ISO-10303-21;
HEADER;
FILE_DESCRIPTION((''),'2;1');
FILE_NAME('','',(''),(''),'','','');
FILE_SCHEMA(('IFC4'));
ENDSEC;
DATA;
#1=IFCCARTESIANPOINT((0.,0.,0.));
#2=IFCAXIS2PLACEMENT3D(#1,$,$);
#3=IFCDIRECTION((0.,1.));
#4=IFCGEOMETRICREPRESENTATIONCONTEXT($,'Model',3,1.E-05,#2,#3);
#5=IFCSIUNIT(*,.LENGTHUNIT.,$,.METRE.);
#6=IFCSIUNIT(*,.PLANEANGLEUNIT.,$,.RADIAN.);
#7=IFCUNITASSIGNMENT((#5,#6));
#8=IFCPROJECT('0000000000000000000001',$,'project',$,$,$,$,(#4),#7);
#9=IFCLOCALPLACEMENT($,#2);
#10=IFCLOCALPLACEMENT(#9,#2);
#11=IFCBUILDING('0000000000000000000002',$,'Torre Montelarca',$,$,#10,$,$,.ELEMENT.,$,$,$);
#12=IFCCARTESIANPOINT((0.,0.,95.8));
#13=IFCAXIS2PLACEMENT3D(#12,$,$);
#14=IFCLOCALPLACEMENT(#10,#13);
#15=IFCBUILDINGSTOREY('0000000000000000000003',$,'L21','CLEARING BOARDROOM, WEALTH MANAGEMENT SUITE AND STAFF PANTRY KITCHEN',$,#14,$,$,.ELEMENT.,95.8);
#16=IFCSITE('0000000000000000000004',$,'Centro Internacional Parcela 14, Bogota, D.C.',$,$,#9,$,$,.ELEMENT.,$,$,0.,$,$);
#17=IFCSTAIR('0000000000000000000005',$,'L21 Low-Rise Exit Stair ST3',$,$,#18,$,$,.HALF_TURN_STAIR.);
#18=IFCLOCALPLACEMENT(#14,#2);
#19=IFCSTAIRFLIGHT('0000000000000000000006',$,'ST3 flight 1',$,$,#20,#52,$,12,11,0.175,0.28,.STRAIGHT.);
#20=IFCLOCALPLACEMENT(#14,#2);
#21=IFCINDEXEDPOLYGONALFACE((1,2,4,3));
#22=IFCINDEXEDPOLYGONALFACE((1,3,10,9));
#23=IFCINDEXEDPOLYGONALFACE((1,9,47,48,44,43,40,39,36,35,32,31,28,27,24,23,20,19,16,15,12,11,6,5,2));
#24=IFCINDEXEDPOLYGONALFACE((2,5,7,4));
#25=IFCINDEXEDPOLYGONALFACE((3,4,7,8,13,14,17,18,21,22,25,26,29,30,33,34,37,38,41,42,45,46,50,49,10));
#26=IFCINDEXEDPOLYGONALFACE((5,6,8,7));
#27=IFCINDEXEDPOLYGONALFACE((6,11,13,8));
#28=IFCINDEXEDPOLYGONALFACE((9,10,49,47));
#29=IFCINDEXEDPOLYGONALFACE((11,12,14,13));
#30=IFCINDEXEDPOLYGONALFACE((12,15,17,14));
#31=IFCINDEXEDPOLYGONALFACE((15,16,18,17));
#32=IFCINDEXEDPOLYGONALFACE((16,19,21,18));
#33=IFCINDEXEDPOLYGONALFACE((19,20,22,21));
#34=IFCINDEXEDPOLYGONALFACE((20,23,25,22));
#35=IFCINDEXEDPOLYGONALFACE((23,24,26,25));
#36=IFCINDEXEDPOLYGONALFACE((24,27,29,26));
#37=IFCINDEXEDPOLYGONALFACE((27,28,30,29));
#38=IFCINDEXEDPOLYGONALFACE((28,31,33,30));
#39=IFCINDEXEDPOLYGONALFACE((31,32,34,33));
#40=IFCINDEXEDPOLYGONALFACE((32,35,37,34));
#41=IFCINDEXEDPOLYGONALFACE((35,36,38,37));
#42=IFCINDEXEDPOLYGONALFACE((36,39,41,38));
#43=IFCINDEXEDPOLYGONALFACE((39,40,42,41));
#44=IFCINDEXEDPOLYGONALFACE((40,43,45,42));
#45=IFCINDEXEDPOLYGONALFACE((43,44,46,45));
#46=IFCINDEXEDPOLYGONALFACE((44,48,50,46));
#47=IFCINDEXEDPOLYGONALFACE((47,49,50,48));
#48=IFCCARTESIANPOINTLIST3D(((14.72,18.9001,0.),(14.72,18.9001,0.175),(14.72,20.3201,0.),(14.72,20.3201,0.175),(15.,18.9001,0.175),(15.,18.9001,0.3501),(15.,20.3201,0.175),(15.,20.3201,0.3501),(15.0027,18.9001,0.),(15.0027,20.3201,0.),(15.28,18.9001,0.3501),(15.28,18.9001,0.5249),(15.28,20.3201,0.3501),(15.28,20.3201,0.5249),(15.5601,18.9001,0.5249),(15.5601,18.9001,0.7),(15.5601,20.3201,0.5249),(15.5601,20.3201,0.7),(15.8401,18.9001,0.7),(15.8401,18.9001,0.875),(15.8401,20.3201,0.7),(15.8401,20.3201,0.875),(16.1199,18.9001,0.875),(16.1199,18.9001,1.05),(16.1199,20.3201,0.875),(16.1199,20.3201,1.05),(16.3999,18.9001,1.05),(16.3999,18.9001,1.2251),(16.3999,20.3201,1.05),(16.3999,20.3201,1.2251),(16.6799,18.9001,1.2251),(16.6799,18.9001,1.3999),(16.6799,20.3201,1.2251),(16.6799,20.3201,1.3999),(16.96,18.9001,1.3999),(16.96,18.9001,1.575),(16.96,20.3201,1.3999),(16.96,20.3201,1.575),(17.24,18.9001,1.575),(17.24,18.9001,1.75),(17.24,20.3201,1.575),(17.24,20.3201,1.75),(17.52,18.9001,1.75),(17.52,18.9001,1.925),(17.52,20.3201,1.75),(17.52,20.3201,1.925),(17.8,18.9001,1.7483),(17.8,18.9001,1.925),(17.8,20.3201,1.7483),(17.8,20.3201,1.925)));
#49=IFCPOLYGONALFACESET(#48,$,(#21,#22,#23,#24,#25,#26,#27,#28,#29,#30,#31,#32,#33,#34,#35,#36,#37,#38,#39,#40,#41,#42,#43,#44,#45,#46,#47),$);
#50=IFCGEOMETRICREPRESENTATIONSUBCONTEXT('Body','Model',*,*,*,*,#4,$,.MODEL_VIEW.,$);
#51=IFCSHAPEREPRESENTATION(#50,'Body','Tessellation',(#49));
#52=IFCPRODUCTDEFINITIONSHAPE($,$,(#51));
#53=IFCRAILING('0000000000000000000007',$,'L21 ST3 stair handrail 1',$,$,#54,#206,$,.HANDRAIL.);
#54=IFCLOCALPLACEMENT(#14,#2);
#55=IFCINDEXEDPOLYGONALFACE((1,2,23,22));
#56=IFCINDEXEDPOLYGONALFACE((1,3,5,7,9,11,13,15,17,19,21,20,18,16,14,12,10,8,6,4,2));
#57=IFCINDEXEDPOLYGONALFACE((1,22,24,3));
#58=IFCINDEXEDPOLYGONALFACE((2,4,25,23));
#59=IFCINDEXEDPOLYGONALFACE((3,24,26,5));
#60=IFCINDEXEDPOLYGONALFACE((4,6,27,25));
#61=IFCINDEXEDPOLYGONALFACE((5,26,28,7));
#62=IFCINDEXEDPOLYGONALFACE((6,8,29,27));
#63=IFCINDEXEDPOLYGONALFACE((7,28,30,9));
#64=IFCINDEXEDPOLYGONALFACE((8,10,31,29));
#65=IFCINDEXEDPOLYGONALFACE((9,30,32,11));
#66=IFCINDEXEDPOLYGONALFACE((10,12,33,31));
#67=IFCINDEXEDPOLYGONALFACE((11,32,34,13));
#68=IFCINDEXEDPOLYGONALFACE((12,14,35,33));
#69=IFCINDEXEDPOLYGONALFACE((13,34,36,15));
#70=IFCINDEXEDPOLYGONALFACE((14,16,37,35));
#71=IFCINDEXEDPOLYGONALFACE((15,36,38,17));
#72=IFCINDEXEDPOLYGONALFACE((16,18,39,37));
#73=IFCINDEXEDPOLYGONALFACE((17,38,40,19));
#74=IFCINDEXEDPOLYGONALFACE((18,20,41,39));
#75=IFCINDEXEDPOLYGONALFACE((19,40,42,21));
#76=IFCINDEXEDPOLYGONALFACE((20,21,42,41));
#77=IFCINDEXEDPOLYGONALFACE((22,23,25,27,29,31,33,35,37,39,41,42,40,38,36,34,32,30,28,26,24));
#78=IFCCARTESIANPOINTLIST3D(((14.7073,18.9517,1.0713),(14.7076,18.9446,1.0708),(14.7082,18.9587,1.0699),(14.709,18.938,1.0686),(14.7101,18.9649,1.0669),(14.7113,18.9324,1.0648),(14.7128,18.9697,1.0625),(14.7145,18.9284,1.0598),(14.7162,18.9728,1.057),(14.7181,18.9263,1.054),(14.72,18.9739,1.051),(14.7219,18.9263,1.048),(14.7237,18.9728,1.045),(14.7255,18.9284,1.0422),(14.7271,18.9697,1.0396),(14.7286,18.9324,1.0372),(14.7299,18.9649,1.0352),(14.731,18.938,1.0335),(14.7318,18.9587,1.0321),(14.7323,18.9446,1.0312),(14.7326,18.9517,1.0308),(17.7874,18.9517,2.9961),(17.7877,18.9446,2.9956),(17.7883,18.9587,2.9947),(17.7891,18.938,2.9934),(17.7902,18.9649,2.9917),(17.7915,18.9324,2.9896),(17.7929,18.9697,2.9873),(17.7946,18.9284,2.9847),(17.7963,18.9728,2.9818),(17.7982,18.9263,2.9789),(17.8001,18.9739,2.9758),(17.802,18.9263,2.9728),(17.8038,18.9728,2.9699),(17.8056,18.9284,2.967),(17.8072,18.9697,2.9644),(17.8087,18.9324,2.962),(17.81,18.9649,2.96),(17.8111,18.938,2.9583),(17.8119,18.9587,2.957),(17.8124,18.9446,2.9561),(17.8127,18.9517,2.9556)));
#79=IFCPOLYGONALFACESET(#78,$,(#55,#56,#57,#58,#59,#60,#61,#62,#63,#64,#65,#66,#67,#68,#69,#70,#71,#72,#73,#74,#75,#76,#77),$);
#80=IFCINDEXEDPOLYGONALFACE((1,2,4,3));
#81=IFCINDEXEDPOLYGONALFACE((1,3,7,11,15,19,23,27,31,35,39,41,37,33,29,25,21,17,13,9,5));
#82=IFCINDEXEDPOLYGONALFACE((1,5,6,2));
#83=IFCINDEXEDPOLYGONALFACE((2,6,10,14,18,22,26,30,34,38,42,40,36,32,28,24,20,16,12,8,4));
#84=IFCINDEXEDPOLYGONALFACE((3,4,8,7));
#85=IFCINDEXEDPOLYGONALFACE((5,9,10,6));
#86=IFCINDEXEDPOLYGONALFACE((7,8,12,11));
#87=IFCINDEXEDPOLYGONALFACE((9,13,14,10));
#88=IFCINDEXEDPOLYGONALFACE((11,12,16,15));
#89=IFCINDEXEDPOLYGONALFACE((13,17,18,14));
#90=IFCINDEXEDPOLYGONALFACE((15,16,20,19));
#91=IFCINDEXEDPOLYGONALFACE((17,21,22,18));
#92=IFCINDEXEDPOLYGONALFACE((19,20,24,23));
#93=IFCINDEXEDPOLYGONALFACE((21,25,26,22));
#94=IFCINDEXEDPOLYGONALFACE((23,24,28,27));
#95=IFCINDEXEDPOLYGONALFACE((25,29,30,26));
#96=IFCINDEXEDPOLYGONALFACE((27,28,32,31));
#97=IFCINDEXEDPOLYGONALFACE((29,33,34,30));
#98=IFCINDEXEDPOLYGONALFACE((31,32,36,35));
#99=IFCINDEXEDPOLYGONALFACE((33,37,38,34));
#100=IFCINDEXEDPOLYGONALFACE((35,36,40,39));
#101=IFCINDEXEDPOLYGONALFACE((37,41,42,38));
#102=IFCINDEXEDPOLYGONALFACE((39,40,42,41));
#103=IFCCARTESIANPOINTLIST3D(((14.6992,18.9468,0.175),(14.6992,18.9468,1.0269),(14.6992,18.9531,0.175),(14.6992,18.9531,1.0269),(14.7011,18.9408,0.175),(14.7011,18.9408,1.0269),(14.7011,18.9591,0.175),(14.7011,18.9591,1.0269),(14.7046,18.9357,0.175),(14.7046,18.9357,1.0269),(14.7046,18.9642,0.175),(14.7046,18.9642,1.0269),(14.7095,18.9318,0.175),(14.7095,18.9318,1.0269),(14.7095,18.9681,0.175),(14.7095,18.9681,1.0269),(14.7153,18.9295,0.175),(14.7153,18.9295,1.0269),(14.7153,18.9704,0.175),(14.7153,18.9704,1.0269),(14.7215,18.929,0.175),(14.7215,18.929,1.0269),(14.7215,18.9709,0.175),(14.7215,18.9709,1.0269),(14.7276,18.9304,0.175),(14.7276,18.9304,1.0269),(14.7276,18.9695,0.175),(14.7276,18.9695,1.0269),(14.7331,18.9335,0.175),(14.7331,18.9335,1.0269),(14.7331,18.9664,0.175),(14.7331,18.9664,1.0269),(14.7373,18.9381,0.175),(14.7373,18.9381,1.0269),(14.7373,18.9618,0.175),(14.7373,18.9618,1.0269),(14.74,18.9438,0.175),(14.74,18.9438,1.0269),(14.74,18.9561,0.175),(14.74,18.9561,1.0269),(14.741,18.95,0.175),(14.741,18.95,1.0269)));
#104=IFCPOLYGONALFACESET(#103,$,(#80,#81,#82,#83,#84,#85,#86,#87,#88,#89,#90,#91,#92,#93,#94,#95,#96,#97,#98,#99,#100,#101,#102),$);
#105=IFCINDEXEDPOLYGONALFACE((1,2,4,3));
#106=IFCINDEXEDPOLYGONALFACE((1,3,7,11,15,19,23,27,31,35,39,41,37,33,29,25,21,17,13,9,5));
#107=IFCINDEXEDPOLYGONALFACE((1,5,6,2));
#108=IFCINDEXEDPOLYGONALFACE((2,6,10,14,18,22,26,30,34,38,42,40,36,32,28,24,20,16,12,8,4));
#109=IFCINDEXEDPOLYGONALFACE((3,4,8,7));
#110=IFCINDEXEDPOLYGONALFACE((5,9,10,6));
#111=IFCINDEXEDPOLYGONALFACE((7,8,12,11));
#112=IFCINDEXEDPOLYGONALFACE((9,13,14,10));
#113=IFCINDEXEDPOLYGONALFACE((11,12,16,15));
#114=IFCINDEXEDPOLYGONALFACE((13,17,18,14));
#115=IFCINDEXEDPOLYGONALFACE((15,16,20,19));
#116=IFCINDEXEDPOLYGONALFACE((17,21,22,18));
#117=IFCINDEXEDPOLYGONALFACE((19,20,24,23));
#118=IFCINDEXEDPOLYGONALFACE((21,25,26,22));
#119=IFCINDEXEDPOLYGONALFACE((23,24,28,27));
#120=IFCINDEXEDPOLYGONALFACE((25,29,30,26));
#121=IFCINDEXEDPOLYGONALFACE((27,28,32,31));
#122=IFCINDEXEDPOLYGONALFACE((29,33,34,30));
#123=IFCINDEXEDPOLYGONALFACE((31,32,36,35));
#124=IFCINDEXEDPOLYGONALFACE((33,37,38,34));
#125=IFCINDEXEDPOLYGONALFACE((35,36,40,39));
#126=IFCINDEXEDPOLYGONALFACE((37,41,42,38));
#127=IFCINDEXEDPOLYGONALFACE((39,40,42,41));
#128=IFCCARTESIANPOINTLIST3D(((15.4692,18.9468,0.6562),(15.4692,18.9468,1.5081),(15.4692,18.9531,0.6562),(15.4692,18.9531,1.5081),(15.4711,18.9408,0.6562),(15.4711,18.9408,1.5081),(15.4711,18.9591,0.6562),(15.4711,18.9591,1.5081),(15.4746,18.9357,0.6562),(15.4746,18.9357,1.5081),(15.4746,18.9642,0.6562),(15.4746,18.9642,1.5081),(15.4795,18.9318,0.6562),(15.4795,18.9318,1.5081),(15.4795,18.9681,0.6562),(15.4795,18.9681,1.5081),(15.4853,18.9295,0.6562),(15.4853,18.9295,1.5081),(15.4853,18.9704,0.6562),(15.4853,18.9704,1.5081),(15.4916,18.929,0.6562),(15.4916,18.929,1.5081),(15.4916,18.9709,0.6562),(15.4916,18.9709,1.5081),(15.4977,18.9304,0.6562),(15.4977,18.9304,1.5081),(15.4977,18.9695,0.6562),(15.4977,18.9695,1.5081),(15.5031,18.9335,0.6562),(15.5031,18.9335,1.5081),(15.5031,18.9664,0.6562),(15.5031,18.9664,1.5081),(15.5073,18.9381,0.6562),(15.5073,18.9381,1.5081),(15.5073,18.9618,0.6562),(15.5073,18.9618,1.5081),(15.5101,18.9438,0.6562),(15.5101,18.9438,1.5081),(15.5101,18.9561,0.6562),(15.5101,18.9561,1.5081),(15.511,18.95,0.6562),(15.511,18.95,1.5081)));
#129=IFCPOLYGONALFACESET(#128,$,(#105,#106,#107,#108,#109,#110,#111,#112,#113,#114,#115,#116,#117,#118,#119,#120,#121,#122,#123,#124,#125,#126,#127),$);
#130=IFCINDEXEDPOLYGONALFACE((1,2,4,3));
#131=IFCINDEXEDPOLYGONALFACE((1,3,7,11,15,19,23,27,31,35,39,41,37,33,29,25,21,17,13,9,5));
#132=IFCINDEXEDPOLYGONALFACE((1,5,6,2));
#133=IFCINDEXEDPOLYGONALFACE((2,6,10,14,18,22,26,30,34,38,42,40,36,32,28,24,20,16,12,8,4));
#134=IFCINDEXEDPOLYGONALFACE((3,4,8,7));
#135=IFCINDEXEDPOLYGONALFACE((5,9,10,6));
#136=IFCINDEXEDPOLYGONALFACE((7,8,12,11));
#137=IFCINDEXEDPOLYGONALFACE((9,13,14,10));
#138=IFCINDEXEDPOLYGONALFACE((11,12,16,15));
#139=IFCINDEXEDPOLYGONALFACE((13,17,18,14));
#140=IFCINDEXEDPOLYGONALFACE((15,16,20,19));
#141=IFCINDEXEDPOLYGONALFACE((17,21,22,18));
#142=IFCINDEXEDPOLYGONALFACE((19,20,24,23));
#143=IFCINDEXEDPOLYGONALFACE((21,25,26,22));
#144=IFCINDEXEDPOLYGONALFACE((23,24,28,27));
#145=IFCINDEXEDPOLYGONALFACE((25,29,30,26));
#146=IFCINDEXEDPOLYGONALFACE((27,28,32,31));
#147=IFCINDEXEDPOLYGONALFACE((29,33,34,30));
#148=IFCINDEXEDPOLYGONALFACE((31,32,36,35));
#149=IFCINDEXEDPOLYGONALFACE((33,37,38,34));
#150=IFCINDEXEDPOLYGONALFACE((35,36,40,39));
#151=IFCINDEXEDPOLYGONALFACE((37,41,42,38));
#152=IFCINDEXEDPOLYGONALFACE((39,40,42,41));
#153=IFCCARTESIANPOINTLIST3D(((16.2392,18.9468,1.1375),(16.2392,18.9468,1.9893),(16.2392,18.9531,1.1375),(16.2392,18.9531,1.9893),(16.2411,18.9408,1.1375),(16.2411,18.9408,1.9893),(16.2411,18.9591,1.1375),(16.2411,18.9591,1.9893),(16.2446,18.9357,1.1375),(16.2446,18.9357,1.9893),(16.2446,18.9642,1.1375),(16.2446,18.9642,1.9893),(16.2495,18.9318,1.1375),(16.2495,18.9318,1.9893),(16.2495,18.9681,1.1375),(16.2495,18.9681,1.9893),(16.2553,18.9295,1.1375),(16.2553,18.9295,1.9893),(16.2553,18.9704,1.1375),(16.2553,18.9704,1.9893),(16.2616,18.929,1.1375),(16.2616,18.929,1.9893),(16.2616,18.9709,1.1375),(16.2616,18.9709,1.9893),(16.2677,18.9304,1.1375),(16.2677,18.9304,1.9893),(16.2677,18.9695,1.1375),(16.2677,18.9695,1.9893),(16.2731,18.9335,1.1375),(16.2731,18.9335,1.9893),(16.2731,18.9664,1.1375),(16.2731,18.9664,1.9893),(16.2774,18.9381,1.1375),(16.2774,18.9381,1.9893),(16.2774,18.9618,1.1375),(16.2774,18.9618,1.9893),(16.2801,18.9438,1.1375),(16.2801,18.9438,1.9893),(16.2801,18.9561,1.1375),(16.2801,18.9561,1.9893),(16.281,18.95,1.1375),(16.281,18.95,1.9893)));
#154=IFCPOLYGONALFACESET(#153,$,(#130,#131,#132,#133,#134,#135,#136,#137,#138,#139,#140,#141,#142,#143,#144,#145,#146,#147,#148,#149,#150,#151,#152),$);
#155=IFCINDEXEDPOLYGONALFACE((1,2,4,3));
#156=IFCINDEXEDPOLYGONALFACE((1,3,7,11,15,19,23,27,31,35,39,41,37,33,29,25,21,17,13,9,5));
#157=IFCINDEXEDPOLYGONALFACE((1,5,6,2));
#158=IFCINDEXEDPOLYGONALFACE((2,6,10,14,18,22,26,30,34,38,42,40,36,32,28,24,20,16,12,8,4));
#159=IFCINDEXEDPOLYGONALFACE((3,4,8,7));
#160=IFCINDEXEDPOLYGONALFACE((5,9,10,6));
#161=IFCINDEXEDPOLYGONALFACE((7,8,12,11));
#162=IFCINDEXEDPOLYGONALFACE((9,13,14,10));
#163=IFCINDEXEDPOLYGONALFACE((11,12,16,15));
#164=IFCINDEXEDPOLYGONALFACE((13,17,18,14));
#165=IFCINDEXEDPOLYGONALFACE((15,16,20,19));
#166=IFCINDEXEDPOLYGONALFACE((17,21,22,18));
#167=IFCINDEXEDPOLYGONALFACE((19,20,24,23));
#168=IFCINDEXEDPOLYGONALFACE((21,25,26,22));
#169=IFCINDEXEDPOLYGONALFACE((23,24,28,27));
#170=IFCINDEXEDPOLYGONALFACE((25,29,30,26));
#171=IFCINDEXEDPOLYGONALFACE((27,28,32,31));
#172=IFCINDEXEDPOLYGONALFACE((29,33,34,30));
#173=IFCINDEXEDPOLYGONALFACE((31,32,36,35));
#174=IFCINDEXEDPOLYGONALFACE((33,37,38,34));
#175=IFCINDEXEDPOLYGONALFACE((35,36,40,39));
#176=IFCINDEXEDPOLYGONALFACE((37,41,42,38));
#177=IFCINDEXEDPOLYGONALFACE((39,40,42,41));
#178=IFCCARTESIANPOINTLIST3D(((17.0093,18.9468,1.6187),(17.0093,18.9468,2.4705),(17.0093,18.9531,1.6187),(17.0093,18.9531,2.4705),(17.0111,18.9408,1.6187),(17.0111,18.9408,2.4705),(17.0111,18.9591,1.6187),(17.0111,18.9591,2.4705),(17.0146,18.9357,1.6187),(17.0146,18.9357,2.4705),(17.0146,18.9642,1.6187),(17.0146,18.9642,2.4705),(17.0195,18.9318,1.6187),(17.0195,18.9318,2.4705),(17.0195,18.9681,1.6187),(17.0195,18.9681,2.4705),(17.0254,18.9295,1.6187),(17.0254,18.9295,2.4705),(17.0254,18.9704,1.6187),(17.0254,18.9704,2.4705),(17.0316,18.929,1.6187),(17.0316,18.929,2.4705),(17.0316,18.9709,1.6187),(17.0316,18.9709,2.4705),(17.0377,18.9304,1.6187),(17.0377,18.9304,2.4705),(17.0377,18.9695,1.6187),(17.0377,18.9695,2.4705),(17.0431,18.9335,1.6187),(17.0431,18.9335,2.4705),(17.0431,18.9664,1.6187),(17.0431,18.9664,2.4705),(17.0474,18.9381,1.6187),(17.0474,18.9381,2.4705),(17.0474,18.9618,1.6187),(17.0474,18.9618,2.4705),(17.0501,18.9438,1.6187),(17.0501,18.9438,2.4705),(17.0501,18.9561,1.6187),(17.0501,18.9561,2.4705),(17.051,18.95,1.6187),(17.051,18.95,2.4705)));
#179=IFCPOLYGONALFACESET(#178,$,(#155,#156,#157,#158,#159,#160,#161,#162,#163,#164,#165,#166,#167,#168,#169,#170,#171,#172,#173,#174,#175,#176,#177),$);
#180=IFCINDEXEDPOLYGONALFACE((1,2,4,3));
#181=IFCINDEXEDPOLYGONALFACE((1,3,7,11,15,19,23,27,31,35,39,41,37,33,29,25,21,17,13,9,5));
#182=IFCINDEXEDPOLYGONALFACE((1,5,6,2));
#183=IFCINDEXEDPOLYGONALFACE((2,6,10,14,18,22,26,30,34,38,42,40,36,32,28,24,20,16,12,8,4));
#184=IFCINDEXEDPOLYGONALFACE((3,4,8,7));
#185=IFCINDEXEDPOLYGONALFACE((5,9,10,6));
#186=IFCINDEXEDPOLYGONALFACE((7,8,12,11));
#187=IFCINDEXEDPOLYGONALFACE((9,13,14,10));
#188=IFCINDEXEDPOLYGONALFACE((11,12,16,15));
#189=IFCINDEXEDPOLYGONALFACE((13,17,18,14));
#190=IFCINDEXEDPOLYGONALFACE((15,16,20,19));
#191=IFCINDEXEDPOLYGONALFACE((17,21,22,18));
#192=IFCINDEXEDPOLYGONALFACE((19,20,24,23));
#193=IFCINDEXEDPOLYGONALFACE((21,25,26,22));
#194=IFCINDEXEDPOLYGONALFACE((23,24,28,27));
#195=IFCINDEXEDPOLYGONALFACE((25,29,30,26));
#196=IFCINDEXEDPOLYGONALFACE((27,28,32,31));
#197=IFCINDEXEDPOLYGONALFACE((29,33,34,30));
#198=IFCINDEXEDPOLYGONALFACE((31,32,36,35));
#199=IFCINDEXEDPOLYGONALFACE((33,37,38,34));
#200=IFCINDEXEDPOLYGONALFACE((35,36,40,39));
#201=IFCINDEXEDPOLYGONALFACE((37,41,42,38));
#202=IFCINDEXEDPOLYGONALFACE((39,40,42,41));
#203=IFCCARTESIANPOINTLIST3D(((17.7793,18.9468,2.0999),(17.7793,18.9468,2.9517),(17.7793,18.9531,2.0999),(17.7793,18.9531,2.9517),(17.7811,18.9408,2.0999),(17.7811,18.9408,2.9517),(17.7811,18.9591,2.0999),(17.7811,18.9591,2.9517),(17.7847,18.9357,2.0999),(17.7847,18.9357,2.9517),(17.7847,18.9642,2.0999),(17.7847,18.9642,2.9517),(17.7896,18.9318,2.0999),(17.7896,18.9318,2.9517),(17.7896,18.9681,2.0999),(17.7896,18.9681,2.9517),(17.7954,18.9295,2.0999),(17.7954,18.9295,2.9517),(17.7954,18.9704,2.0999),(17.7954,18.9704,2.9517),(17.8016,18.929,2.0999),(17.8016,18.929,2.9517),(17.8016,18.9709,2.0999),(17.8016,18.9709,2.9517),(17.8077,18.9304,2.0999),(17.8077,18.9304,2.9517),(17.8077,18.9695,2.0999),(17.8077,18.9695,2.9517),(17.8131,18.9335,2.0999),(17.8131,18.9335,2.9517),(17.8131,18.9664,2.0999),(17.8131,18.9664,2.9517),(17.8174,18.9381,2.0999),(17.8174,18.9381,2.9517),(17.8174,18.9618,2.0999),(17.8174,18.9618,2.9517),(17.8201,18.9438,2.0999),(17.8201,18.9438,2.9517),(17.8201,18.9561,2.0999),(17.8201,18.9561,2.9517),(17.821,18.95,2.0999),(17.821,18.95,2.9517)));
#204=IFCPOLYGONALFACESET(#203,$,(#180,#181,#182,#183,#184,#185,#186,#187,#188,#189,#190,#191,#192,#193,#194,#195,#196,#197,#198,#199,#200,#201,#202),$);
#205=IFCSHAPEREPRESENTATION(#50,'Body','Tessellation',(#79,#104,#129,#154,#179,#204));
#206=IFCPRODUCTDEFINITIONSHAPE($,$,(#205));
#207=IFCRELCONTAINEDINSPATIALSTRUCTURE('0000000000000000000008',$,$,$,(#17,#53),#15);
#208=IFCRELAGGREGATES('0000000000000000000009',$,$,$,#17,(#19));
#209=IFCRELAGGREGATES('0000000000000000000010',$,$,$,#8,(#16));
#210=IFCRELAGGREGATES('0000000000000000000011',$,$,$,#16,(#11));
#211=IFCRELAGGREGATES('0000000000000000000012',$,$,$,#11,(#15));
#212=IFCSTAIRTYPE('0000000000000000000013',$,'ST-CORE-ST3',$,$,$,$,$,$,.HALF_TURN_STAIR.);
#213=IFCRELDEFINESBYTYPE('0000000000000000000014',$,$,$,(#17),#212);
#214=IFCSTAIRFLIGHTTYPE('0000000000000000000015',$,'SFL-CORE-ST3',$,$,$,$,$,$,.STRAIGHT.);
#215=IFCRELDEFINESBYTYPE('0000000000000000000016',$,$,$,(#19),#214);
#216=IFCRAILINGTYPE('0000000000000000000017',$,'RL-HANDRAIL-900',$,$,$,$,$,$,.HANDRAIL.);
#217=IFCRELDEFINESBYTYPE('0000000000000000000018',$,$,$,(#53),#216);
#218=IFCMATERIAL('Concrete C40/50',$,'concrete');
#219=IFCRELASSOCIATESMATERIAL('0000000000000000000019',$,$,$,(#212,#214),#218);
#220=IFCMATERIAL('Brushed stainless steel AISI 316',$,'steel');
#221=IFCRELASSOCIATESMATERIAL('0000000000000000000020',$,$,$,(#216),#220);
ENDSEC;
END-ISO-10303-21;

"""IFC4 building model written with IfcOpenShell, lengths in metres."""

from ifc_helpers import new_model, si_unit, direction, frame, origin, origin_2d, place, context, subcontext, project, spatial, polyline, circle, outline, extrude, material, type_object, element, aggregate, save


model = new_model("IFC4")

# Units and contexts
model_context = context("Model", 3, precision=1e-05, world=origin(), true_north=direction((0.0, 1.0)))
body_context = subcontext(model_context, "Body", "Model", "MODEL_VIEW")
ifc_project = project(units=[si_unit("LENGTHUNIT", "METRE"), si_unit("PLANEANGLEUNIT", "RADIAN")], contexts=[model_context])

# Site, building, storey
site_placement = place(None, origin())
site = spatial("IfcSite", under=ifc_project, at=site_placement, Name="Centro Internacional Parcela 14, Bogota, D.C.", CompositionType="ELEMENT", RefElevation=0.0)
building_placement = place(site_placement, origin())
building = spatial("IfcBuilding", under=site, at=building_placement, Name="Torre Montelarca", CompositionType="ELEMENT")
storey_placement = place(building_placement, frame((0.0, 0.0, 95.8)))
storey = spatial("IfcBuildingStorey", under=building, at=storey_placement, Name="L21", Description="CLEARING BOARDROOM, WEALTH MANAGEMENT SUITE AND STAFF PANTRY KITCHEN", CompositionType="ELEMENT", Elevation=95.8)

# Shared definitions
ifc_material_1 = material(Name="Concrete C40/50", Category="concrete")

# Stair
stair_type_1 = type_object("IfcStairType", Name="ST-CORE-ST3", PredefinedType="HALF_TURN_STAIR", material=ifc_material_1)
stair_1_placement = place(storey_placement, origin())
stair_1 = element("IfcStair", 1, at=stair_1_placement, inside=storey, type_object=stair_type_1, Name="L21 Low-Rise Exit Stair ST3", PredefinedType="HALF_TURN_STAIR")

# Stair flight
stair_flight_type = type_object("IfcStairFlightType", Name="SFL-CORE-ST3", PredefinedType="STRAIGHT", material=ifc_material_1)
stair_flight_placement = place(storey_placement, frame((14.72, 19.6101, 0.0), z_axis=(0.0, 0.0, 1.0), x_axis=(1.0, 0.0, 0.0)))
stair_flight = element("IfcStairFlight", 2, at=stair_flight_placement, type_object=stair_flight_type, Name="ST3 flight 1", NumberOfRisers=12, NumberOfTreads=11, PredefinedType="STRAIGHT", RiserHeight=0.175, TreadLength=0.28, context=body_context, shape_type="SweptSolid", body=[
    extrude(outline(polyline([(0.0, 0.0), (0.0, 0.175), (0.28, 0.175), (0.28, 0.3501), (0.5601, 0.3501), (0.5601, 0.5249), (0.8401, 0.5249), (0.8401, 0.7), (1.1201, 0.7), (1.1201, 0.875), (1.3999, 0.875), (1.3999, 1.05), (1.6799, 1.05), (1.6799, 1.2251), (1.96, 1.2251), (1.96, 1.3999), (2.24, 1.3999), (2.24, 1.575), (2.52, 1.575), (2.52, 1.75), (2.8, 1.75), (2.8, 1.925), (3.0801, 1.925), (3.0801, 2.1001), (3.0801, 1.7483), (0.2827, 0.0), (0.0, 0.0)])), frame((0.0, 0.71, 0.0), z_axis=(0.0, -1.0, 0.0), x_axis=(1.0, 0.0, 0.0)), (0.0, 0.0, 1.0), 1.4199),
])
aggregate(stair_1, [stair_flight])

# Railing
ifc_material_2 = material(Name="Brushed stainless steel AISI 316", Category="steel")
railing_type = type_object("IfcRailingType", Name="RL-HANDRAIL-900", PredefinedType="HANDRAIL", material=ifc_material_2)
railing_placement = place(storey_placement, frame((14.72, 18.95, 0.175)))
element("IfcRailing", 3, at=railing_placement, inside=storey, type_object=railing_type, Name="L21 ST3 stair handrail 1", PredefinedType="HANDRAIL", context=body_context, shape_type="SweptSolid", body=[
    extrude(circle(Radius=0.0239, at=origin_2d()), frame((0.0, 0.0, 0.876), z_axis=(0.848029, 0.0, 0.529951), x_axis=(0.0, 1.0, 0.0)), (0.0, 0.0, 1.0), 3.6321),
    extrude(circle(Radius=0.021, at=origin_2d()), origin(), (0.0, 0.0, 1.0), 0.8518),
    extrude(circle(Radius=0.021, at=origin_2d()), frame((0.77, 0.0, 0.4812)), (0.0, 0.0, 1.0), 0.8518),
    extrude(circle(Radius=0.021, at=origin_2d()), frame((1.54, 0.0, 0.9624)), (0.0, 0.0, 1.0), 0.8518),
    extrude(circle(Radius=0.021, at=origin_2d()), frame((2.3101, 0.0, 1.4436)), (0.0, 0.0, 1.0), 0.8518),
    extrude(circle(Radius=0.021, at=origin_2d()), frame((3.0801, 0.0, 1.9248)), (0.0, 0.0, 1.0), 0.8518),
])

save(model, "model.ifc")
